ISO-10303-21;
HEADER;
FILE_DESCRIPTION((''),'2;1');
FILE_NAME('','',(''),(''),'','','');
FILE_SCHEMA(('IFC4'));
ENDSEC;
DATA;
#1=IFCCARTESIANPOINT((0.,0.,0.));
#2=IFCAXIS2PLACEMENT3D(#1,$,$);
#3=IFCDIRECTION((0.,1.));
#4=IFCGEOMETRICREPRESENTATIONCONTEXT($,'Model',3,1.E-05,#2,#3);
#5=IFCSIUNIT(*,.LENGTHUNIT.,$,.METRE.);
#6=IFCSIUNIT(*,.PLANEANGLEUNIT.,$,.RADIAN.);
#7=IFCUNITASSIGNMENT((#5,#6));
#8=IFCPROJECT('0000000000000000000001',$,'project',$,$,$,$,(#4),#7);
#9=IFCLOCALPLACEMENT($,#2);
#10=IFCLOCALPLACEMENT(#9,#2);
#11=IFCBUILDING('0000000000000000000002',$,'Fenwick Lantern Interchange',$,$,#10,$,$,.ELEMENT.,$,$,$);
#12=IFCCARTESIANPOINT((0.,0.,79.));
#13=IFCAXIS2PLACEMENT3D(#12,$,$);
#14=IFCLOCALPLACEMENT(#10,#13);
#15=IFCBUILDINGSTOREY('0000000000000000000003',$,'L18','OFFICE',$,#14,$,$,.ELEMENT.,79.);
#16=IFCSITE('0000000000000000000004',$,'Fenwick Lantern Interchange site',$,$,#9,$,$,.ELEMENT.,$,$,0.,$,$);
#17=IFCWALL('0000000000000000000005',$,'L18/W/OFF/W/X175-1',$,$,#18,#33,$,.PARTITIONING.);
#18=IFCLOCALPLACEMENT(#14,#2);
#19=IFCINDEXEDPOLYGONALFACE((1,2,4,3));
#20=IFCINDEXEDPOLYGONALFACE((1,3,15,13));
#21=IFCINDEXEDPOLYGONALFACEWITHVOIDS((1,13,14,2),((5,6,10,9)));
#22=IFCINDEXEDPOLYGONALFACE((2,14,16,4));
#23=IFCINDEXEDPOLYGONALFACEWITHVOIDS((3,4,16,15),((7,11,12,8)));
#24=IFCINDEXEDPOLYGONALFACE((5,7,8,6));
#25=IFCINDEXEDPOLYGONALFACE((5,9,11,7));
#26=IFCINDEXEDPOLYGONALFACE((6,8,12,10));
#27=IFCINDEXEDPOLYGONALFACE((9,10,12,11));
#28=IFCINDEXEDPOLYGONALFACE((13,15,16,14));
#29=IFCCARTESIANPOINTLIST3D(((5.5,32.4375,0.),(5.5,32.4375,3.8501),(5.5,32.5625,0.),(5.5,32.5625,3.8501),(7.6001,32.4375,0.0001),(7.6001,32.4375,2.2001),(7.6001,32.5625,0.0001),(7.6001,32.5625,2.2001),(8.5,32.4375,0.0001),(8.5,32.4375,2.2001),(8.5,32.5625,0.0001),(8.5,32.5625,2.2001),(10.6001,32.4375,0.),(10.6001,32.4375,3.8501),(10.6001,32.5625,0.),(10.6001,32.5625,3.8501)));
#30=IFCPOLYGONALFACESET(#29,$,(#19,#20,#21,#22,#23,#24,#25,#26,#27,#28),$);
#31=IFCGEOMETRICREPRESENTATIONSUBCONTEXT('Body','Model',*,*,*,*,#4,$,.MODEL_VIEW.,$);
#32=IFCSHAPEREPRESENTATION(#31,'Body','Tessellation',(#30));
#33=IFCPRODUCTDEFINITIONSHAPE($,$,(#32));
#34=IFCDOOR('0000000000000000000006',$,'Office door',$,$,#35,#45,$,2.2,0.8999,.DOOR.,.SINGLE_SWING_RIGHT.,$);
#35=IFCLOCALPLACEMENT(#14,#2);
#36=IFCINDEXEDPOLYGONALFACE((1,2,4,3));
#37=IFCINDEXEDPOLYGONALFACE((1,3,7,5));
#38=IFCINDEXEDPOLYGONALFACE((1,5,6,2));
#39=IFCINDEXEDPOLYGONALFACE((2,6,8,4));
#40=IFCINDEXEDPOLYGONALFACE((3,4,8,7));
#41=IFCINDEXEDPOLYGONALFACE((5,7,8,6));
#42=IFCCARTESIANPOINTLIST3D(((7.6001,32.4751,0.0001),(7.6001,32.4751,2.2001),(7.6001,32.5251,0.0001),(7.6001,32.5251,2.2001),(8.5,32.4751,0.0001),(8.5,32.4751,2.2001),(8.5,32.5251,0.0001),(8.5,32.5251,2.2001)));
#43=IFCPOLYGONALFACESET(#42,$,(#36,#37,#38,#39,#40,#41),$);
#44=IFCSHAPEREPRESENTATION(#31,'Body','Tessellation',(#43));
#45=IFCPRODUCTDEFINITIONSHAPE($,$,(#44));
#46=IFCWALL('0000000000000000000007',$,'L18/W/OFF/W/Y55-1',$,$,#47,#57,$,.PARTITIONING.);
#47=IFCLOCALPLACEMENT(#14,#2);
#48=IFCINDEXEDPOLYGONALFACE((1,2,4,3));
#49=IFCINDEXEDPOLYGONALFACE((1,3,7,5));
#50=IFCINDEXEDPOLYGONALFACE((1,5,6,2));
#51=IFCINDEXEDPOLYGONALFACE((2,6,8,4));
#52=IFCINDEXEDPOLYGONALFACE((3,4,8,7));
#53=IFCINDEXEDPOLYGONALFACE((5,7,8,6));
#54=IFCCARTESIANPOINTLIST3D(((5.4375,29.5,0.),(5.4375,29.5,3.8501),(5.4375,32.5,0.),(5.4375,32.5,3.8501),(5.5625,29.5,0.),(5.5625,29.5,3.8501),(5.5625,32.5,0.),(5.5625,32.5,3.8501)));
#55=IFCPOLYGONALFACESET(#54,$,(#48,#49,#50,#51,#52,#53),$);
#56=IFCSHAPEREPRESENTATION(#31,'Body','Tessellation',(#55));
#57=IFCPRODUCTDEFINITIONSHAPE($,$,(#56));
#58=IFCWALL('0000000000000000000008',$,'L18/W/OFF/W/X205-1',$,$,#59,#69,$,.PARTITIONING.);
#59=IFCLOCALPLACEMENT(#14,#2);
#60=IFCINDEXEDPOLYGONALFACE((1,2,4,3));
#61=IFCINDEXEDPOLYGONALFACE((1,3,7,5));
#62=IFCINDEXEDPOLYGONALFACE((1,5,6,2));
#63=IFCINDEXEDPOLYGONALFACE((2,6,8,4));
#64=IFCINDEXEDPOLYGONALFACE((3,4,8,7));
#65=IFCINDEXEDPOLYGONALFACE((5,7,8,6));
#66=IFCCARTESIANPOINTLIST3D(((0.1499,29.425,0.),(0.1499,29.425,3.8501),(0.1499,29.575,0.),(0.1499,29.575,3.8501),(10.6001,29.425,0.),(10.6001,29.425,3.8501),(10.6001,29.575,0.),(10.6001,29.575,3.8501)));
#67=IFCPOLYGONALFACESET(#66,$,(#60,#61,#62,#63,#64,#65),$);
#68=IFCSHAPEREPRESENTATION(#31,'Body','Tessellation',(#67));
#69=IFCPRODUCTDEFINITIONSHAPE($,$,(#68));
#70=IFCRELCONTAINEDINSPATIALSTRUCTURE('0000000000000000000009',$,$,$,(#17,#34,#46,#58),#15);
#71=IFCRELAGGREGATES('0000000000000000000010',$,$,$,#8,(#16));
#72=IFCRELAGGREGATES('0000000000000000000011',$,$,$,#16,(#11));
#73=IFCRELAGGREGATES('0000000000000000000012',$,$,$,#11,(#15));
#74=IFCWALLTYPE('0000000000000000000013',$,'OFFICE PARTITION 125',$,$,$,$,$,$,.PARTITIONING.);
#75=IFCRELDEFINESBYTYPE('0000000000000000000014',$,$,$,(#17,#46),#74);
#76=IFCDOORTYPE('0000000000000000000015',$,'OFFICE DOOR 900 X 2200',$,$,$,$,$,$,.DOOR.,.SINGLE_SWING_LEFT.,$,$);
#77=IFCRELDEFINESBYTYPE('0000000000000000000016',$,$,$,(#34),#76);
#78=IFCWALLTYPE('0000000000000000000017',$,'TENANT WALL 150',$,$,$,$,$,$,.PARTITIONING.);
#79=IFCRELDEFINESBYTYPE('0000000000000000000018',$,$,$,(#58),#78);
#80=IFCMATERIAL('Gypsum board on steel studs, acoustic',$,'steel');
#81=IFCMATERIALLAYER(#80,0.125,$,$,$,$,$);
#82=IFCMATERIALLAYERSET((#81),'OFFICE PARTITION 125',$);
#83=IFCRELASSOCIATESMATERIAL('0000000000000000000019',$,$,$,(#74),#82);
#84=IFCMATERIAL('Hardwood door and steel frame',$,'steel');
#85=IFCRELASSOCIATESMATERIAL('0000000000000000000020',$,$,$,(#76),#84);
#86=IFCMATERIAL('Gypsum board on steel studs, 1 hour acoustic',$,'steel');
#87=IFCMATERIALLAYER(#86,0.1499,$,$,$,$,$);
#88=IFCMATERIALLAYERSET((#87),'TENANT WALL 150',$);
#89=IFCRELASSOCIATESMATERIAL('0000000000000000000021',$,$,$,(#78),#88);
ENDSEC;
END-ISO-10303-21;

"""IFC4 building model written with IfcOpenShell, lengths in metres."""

from ifc_helpers import new_model, si_unit, direction, frame, frame_2d, origin, place, context, subcontext, project, spatial, rectangle, extrude, material, layer, layer_set, type_object, element, fill, save


model = new_model("IFC4")

# Units and contexts
model_context = context("Model", 3, precision=1e-05, world=origin(), true_north=direction((0.0, 1.0)))
body_context = subcontext(model_context, "Body", "Model", "MODEL_VIEW")
ifc_project = project(units=[si_unit("LENGTHUNIT", "METRE"), si_unit("PLANEANGLEUNIT", "RADIAN")], contexts=[model_context])

# Site, building, storey
site_placement = place(None, origin())
site = spatial("IfcSite", under=ifc_project, at=site_placement, Name="Fenwick Lantern Interchange site", CompositionType="ELEMENT", RefElevation=0.0)
building_placement = place(site_placement, origin())
building = spatial("IfcBuilding", under=site, at=building_placement, Name="Fenwick Lantern Interchange", CompositionType="ELEMENT")
storey_placement = place(building_placement, frame((0.0, 0.0, 79.0)))
storey = spatial("IfcBuildingStorey", under=building, at=storey_placement, Name="L18", Description="OFFICE", CompositionType="ELEMENT", Elevation=79.0)

# Shared definitions
ifc_material_1 = material(Name="Hardwood door and steel frame", Category="steel")

# Wall, opening, door
ifc_material_2 = material(Name="Gypsum board on steel studs, acoustic", Category="steel")
ifc_layer_1 = layer(ifc_material_2, 0.125)
ifc_layer_set_1 = layer_set([ifc_layer_1], Name="OFFICE PARTITION 125")
wall_type_1 = type_object("IfcWallType", Name="OFFICE PARTITION 125", PredefinedType="PARTITIONING", material=ifc_layer_set_1)
wall_1_placement = place(storey_placement, frame((5.5, 32.5, 0.0), z_axis=(0.0, 0.0, 1.0), x_axis=(1.0, 0.0, 0.0)))
wall_1 = element("IfcWall", 1, at=wall_1_placement, inside=storey, type_object=wall_type_1, Name="L18/W/OFF/W/X175-1", PredefinedType="PARTITIONING", context=body_context, shape_type="SweptSolid", body=[
    extrude(rectangle(XDim=5.1001, YDim=0.125, at=frame_2d((2.55, 0.0))), origin(), (0.0, 0.0, 1.0), 3.8501),
])
opening_1_placement = place(wall_1_placement, frame((2.1001, 0.0, 0.0)))
opening_1 = element("IfcOpeningElement", 2, at=opening_1_placement, cuts=wall_1, PredefinedType="OPENING", context=body_context, shape_type="SweptSolid", body=[
    extrude(rectangle(XDim=0.8999, YDim=2.2, at=frame_2d((0.45, 1.1001))), frame((0.0, 0.0725, 0.0), z_axis=(0.0, -1.0, 0.0), x_axis=(1.0, 0.0, 0.0)), (0.0, 0.0, 1.0), 0.145),
])
door_type_1 = type_object("IfcDoorType", Name="OFFICE DOOR 900 X 2200", OperationType="SINGLE_SWING_LEFT", PredefinedType="DOOR", material=ifc_material_1)
door_1_placement = place(opening_1_placement, frame((0.8999, 0.0, 0.0), z_axis=(0.0, 0.0, 1.0), x_axis=(-1.0, 0.0, 0.0)))
door_1 = element("IfcDoor", 3, at=door_1_placement, inside=storey, type_object=door_type_1, Name="Office door", OperationType="SINGLE_SWING_RIGHT", OverallHeight=2.2, OverallWidth=0.8999, PredefinedType="DOOR", context=body_context, shape_type="SweptSolid", body=[
    extrude(rectangle(XDim=0.8999, YDim=2.2, at=frame_2d((0.45, 1.1001))), frame((0.0, 0.0249, 0.0), z_axis=(0.0, -1.0, 0.0), x_axis=(1.0, 0.0, 0.0)), (0.0, 0.0, 1.0), 0.05),
])
fill(opening_1, door_1)

# Walls
wall_2_placement = place(storey_placement, frame((5.5, 32.5, 0.0), z_axis=(0.0, 0.0, 1.0), x_axis=(0.0, -1.0, 0.0)))
element("IfcWall", 4, at=wall_2_placement, inside=storey, type_object=wall_type_1, Name="L18/W/OFF/W/Y55-1", PredefinedType="PARTITIONING", context=body_context, shape_type="SweptSolid", body=[
    extrude(rectangle(XDim=3.0, YDim=0.125, at=frame_2d((1.5, 0.0))), origin(), (0.0, 0.0, 1.0), 3.8501),
])
ifc_material_3 = material(Name="Gypsum board on steel studs, 1 hour acoustic", Category="steel")
ifc_layer_2 = layer(ifc_material_3, 0.1499)
ifc_layer_set_2 = layer_set([ifc_layer_2], Name="TENANT WALL 150")
wall_type_2 = type_object("IfcWallType", Name="TENANT WALL 150", PredefinedType="PARTITIONING", material=ifc_layer_set_2)
wall_3_placement = place(storey_placement, frame((0.1499, 29.5, 0.0), z_axis=(0.0, 0.0, 1.0), x_axis=(1.0, 0.0, 0.0)))
element("IfcWall", 5, at=wall_3_placement, inside=storey, type_object=wall_type_2, Name="L18/W/OFF/W/X205-1", PredefinedType="PARTITIONING", context=body_context, shape_type="SweptSolid", body=[
    extrude(rectangle(XDim=10.4502, YDim=0.1499, at=frame_2d((5.2251, 0.0))), origin(), (0.0, 0.0, 1.0), 3.8501),
])

save(model, "model.ifc")
